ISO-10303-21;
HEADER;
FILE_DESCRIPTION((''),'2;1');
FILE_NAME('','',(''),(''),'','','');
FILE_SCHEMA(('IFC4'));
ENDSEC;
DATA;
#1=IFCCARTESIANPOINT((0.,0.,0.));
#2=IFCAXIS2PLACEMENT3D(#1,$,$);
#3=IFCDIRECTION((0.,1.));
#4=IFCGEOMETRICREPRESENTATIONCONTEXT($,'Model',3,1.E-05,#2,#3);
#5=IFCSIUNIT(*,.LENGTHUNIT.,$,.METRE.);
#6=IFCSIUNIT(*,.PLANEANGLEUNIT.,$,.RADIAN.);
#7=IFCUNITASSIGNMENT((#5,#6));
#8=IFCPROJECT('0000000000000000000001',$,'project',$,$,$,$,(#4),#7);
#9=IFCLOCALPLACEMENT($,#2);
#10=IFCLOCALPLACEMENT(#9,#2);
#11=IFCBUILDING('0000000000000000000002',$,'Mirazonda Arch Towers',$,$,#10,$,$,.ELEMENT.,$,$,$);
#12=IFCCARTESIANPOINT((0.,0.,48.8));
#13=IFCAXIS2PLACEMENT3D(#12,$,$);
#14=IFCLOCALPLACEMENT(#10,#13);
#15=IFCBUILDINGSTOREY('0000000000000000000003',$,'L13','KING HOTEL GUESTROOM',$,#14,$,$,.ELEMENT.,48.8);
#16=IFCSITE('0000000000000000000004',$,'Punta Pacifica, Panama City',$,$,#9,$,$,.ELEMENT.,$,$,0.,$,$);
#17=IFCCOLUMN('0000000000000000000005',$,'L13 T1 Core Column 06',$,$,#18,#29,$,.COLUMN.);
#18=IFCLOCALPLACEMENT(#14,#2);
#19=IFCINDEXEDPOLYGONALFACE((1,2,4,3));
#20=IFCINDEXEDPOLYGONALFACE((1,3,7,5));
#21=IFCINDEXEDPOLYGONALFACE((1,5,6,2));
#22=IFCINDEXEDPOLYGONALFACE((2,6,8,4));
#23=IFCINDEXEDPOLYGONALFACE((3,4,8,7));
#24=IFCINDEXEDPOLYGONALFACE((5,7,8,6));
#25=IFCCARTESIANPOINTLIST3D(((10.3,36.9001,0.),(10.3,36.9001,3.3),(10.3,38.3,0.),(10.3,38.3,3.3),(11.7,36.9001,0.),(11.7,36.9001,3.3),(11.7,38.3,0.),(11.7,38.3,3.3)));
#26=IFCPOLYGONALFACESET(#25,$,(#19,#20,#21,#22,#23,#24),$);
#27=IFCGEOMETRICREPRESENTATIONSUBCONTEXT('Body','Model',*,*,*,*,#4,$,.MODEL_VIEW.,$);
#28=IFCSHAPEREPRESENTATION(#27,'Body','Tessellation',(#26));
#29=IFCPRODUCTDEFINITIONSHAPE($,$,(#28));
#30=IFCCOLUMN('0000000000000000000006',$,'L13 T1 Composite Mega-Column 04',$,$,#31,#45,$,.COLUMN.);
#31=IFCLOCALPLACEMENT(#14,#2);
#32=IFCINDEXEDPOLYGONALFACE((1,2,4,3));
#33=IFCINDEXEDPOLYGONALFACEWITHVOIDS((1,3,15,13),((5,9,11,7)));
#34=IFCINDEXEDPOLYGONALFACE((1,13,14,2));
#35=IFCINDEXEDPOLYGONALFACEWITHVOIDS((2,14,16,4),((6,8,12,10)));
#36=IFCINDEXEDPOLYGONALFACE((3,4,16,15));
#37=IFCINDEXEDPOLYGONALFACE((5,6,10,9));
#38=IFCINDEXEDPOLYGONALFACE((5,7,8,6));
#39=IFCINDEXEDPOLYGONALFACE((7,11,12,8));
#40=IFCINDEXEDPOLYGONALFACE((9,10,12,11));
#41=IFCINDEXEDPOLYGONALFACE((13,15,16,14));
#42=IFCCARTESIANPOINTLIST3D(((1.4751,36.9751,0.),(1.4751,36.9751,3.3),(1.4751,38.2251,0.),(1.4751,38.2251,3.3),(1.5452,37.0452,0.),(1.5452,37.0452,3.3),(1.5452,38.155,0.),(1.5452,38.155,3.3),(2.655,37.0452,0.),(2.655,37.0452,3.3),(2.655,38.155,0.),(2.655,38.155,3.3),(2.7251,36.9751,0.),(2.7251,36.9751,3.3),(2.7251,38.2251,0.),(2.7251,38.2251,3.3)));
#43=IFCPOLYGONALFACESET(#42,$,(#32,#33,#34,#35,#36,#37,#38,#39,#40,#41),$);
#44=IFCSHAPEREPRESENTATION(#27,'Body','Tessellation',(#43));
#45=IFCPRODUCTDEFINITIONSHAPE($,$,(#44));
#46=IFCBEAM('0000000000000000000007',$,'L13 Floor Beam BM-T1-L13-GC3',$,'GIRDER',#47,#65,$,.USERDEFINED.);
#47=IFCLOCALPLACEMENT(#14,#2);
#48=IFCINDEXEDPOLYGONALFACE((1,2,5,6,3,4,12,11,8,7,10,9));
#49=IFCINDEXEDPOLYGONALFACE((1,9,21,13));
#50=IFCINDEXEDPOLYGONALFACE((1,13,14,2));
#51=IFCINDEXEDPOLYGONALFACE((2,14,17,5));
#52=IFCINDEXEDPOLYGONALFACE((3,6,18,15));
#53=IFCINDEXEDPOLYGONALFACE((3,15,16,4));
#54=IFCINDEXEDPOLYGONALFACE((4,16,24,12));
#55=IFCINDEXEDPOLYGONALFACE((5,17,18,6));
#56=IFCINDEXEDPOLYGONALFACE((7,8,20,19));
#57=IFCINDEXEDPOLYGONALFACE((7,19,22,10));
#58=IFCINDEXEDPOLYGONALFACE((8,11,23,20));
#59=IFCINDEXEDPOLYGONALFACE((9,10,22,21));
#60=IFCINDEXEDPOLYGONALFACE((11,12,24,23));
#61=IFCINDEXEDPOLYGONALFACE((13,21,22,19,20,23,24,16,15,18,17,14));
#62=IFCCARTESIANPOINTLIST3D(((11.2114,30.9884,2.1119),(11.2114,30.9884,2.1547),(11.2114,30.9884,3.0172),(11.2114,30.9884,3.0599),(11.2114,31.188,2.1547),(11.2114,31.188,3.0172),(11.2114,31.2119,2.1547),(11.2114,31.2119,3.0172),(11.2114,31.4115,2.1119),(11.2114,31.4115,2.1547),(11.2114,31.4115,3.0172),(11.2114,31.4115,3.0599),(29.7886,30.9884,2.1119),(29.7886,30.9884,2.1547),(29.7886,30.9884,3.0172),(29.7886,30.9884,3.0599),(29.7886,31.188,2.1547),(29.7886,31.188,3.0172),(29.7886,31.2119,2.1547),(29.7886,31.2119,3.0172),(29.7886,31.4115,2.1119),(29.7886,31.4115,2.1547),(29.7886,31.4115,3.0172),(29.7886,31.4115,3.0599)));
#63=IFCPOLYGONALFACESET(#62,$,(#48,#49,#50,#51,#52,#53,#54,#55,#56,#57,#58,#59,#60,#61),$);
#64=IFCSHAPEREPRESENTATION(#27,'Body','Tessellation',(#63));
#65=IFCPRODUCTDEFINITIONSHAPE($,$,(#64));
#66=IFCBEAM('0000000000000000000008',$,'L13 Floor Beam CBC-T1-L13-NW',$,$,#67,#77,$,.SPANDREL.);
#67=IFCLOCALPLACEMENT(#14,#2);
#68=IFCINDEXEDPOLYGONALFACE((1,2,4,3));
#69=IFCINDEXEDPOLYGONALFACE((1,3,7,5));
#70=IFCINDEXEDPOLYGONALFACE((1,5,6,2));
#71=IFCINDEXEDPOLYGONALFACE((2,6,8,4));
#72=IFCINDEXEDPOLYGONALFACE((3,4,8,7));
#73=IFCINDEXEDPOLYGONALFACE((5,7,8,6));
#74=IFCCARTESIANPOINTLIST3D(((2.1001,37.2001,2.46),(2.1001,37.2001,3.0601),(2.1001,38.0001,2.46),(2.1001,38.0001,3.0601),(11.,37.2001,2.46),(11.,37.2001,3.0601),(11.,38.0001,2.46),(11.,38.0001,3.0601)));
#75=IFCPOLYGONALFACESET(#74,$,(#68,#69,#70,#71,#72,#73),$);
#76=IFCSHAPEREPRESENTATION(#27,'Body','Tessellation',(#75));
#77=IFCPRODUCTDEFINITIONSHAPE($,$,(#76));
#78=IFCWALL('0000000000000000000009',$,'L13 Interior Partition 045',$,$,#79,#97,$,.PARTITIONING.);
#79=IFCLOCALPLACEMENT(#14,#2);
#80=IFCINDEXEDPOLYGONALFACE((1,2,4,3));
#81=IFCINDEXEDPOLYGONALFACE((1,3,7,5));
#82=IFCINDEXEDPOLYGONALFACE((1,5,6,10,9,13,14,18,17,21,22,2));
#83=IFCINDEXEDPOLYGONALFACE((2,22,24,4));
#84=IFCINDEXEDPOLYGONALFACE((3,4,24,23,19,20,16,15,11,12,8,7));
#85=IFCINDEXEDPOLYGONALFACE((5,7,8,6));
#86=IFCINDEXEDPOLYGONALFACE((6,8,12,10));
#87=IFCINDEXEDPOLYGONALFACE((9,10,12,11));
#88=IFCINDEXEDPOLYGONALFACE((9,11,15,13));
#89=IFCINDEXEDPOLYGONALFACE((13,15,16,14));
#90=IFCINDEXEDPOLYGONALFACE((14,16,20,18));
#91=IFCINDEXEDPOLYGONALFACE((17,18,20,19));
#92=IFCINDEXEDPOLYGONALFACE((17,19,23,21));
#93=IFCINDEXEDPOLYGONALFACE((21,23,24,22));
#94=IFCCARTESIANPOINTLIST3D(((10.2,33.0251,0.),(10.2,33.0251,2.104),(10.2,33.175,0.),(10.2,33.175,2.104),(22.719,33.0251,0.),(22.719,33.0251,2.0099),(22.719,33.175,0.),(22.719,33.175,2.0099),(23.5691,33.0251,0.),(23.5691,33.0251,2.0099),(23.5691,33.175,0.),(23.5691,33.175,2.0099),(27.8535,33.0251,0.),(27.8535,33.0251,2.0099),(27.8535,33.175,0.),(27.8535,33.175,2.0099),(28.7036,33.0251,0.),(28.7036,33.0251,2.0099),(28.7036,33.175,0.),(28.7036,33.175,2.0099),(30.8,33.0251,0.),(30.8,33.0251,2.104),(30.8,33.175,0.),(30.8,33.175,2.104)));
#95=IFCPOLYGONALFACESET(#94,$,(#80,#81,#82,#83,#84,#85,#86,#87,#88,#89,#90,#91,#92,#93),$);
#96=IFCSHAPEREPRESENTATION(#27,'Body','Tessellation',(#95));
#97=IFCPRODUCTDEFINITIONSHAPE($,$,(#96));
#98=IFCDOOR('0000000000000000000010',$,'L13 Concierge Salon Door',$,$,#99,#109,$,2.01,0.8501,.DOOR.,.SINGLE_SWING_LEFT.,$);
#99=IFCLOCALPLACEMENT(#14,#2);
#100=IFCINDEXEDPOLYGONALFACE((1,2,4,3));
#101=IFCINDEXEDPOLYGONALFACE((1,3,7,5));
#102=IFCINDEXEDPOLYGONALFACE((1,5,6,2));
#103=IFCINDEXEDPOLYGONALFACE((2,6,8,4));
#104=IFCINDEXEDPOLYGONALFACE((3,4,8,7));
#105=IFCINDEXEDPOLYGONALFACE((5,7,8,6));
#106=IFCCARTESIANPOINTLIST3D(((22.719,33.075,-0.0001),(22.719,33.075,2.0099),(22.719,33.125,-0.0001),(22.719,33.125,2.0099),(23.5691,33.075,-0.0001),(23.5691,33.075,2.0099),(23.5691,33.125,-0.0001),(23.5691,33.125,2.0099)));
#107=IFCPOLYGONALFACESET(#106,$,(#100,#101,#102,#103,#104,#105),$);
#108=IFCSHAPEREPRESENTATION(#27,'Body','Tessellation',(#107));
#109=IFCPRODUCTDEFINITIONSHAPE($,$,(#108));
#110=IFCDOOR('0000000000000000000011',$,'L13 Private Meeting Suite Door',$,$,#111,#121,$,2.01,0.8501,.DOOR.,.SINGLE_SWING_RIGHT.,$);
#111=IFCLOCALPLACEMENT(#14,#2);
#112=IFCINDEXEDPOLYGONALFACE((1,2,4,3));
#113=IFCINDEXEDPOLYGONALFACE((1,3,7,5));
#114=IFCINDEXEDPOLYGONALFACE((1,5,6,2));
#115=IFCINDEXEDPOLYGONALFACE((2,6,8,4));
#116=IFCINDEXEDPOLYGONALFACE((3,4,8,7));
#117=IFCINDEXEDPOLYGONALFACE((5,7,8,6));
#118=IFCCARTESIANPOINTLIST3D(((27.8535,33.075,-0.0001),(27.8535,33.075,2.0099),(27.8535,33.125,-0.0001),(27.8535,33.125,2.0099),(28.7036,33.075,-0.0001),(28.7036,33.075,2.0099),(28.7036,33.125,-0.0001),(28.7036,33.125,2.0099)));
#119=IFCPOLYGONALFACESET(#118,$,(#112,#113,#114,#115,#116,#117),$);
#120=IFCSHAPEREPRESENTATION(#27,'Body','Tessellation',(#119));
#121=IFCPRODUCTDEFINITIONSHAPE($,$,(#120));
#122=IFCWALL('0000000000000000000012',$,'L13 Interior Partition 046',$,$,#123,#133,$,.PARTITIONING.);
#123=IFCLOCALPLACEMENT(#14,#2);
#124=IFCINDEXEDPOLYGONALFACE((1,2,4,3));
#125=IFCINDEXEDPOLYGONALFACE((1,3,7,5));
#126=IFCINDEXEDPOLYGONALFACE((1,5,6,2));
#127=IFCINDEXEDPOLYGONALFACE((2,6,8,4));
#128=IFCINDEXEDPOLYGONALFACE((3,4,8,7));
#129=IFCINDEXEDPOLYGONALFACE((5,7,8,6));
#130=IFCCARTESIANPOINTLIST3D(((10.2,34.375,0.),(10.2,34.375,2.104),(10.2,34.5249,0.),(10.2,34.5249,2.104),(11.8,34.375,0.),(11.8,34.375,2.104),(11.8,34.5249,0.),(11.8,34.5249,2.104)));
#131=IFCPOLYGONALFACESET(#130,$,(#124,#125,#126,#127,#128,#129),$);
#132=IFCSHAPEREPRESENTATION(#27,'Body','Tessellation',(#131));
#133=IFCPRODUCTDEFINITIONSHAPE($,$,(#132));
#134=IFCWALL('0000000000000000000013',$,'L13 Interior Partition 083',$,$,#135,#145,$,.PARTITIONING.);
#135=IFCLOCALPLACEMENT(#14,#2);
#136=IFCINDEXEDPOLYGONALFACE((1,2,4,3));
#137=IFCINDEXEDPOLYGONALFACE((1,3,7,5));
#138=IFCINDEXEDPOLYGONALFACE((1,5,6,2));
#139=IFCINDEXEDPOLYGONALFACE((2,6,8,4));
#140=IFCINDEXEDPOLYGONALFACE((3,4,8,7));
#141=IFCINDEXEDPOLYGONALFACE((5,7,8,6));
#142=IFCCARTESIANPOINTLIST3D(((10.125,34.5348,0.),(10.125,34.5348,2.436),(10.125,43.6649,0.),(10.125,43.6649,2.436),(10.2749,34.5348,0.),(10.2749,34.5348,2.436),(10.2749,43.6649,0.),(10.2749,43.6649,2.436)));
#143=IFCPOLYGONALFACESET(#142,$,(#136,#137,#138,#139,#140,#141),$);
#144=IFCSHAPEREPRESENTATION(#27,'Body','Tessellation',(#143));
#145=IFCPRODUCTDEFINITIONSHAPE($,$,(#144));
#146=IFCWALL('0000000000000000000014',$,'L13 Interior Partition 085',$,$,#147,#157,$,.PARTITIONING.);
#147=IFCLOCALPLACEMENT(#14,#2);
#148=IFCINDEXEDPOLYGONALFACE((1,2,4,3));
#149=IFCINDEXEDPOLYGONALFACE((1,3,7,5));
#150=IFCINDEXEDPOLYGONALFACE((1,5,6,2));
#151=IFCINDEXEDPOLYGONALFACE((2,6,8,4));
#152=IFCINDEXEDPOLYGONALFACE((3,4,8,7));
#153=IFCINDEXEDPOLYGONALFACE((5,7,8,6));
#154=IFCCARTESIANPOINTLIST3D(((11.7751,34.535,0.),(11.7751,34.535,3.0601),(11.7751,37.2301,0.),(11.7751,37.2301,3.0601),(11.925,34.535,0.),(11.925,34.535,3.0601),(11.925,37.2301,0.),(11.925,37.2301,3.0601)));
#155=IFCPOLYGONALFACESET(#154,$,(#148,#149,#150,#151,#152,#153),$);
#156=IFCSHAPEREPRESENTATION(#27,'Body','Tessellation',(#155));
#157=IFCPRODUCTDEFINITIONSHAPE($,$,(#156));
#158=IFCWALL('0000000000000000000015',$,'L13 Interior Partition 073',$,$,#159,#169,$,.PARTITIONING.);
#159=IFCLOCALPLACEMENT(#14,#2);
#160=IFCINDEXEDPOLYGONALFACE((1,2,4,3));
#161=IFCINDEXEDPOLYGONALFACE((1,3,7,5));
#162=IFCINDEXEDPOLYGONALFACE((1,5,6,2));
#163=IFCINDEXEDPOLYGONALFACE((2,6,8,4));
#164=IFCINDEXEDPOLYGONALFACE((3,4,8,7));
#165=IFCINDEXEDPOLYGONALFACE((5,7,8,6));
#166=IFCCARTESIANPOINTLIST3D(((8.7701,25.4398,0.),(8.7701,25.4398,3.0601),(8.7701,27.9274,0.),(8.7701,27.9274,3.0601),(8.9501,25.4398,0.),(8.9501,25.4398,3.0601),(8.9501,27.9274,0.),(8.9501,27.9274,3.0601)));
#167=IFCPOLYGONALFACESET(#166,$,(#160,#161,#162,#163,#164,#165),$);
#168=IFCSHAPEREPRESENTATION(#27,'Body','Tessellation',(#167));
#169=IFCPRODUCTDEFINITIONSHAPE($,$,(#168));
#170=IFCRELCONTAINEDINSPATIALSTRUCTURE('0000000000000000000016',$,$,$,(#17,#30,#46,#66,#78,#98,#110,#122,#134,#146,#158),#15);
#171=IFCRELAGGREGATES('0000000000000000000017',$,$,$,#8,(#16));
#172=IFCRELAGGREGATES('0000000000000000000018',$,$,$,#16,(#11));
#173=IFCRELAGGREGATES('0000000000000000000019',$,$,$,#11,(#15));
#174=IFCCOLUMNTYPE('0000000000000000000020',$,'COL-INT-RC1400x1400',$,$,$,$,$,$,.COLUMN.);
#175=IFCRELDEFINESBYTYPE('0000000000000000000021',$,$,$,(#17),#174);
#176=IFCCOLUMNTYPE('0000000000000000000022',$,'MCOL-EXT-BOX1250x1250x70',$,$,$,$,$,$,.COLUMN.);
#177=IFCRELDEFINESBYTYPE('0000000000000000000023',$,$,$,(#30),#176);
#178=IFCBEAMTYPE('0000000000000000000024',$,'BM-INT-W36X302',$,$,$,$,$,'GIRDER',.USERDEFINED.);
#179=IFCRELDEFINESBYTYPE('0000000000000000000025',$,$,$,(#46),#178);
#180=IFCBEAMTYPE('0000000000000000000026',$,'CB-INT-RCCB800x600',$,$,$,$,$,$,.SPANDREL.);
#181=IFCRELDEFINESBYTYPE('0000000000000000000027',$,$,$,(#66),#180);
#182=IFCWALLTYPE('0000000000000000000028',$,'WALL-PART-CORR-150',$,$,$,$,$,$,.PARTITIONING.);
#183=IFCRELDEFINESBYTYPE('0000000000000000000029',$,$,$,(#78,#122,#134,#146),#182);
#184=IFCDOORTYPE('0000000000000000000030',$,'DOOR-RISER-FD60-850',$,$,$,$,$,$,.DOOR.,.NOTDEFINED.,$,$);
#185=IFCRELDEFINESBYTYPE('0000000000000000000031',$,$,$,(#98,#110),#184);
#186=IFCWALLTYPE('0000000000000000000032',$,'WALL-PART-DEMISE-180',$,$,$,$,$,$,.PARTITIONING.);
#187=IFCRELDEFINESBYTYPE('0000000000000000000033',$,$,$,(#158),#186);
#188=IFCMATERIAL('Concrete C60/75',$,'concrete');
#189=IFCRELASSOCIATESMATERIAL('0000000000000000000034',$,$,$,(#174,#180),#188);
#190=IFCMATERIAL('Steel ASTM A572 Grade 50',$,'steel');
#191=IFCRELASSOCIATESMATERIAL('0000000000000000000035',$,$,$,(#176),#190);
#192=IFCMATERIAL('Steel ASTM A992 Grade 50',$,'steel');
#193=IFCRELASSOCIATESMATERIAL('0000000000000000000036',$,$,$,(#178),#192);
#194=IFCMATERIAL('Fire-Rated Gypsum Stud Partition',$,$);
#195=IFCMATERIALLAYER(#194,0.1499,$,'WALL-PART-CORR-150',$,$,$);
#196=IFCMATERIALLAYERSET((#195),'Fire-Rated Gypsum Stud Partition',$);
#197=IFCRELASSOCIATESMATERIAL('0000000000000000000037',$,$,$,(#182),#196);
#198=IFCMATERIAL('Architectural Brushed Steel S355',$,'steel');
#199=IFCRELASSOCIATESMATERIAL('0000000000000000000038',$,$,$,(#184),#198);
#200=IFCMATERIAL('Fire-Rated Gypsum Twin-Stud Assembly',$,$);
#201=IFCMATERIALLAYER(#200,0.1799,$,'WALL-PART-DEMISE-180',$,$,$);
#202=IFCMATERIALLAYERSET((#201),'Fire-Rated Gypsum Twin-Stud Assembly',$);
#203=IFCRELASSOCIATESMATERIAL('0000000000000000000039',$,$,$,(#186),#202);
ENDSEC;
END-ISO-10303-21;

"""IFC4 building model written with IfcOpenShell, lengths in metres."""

from ifc_helpers import new_model, si_unit, direction, frame, frame_2d, origin, origin_2d, place, context, subcontext, project, spatial, rectangle, hollow_rectangle, i_section, extrude, material, layer, layer_set, material_profile, profile_set, type_object, element, fill, save


model = new_model("IFC4")

# Units and contexts
model_context = context("Model", 3, precision=1e-05, world=origin(), true_north=direction((0.0, 1.0)))
body_context = subcontext(model_context, "Body", "Model", "MODEL_VIEW")
ifc_project = project(units=[si_unit("LENGTHUNIT", "METRE"), si_unit("PLANEANGLEUNIT", "RADIAN")], contexts=[model_context])

# Site, building, storey
site_placement = place(None, origin())
site = spatial("IfcSite", under=ifc_project, at=site_placement, Name="Punta Pacifica, Panama City", CompositionType="ELEMENT", RefElevation=0.0)
building_placement = place(site_placement, origin())
building = spatial("IfcBuilding", under=site, at=building_placement, Name="Mirazonda Arch Towers", CompositionType="ELEMENT")
storey_placement = place(building_placement, frame((0.0, 0.0, 48.8)))
storey = spatial("IfcBuildingStorey", under=building, at=storey_placement, Name="L13", Description="KING HOTEL GUESTROOM", CompositionType="ELEMENT", Elevation=48.8)

# Columns
ifc_material_1 = material(Name="Concrete C60/75", Category="concrete")
ifc_material_profile_1 = material_profile(ifc_material_1, rectangle(XDim=1.3999, YDim=1.3999, at=origin_2d()), Name="RC1400x1400")
ifc_profile_set_1 = profile_set([ifc_material_profile_1], Name="Concrete C60/75")
column_type_1 = type_object("IfcColumnType", Name="COL-INT-RC1400x1400", PredefinedType="COLUMN", material=ifc_profile_set_1)
column_1_placement = place(storey_placement, frame((11.0, 37.6001, 0.0), z_axis=(0.0, 0.0, 1.0), x_axis=(1.0, 0.0, 0.0)))
element("IfcColumn", 1, at=column_1_placement, inside=storey, type_object=column_type_1, Name="L13 T1 Core Column 06", PredefinedType="COLUMN", context=body_context, shape_type="SweptSolid", body=[
    extrude(rectangle(XDim=1.3999, YDim=1.3999, at=origin_2d()), origin(), (0.0, 0.0, 1.0), 3.3),
])
ifc_material_2 = material(Name="Steel ASTM A572 Grade 50", Category="steel")
ifc_material_profile_2 = material_profile(ifc_material_2, hollow_rectangle(XDim=1.25, YDim=1.25, WallThickness=0.0701, at=origin_2d()), Name="BOX1250x1250x70")
ifc_profile_set_2 = profile_set([ifc_material_profile_2], Name="Steel ASTM A572 Grade 50")
column_type_2 = type_object("IfcColumnType", Name="MCOL-EXT-BOX1250x1250x70", PredefinedType="COLUMN", material=ifc_profile_set_2)
column_2_placement = place(storey_placement, frame((2.1001, 37.6001, 0.0), z_axis=(0.0, 0.0, 1.0), x_axis=(1.0, 0.0, 0.0)))
element("IfcColumn", 2, at=column_2_placement, inside=storey, type_object=column_type_2, Name="L13 T1 Composite Mega-Column 04", PredefinedType="COLUMN", context=body_context, shape_type="SweptSolid", body=[
    extrude(hollow_rectangle(XDim=1.25, YDim=1.25, WallThickness=0.0701, at=origin_2d()), origin(), (0.0, 0.0, 1.0), 3.3),
])

# Beams
ifc_material_3 = material(Name="Steel ASTM A992 Grade 50", Category="steel")
ifc_material_profile_3 = material_profile(ifc_material_3, i_section(OverallWidth=0.4231, OverallDepth=0.948, WebThickness=0.0239, FlangeThickness=0.0427, at=origin_2d()), Name="W36X302")
ifc_profile_set_3 = profile_set([ifc_material_profile_3], Name="Steel ASTM A992 Grade 50")
beam_type_1 = type_object("IfcBeamType", Name="BM-INT-W36X302", ElementType="GIRDER", PredefinedType="USERDEFINED", material=ifc_profile_set_3)
beam_1_placement = place(storey_placement, frame((11.2114, 31.2, 2.5859), z_axis=(1.0, 0.0, 0.0), x_axis=(0.0, 1.0, 0.0)))
element("IfcBeam", 3, at=beam_1_placement, inside=storey, type_object=beam_type_1, Name="L13 Floor Beam BM-T1-L13-GC3", ObjectType="GIRDER", PredefinedType="USERDEFINED", context=body_context, shape_type="SweptSolid", body=[
    extrude(i_section(OverallWidth=0.4231, OverallDepth=0.948, WebThickness=0.0239, FlangeThickness=0.0427, at=origin_2d()), origin(), (0.0, 0.0, 1.0), 18.5771),
])
ifc_material_profile_4 = material_profile(ifc_material_1, rectangle(XDim=0.8, YDim=0.6001, at=origin_2d()), Name="RCCB800x600")
ifc_profile_set_4 = profile_set([ifc_material_profile_4], Name="Concrete C60/75")
beam_type_2 = type_object("IfcBeamType", Name="CB-INT-RCCB800x600", PredefinedType="SPANDREL", material=ifc_profile_set_4)
beam_2_placement = place(storey_placement, frame((2.1001, 37.6001, 2.76), z_axis=(1.0, 0.0, 0.0), x_axis=(0.0, 1.0, 0.0)))
element("IfcBeam", 4, at=beam_2_placement, inside=storey, type_object=beam_type_2, Name="L13 Floor Beam CBC-T1-L13-NW", PredefinedType="SPANDREL", context=body_context, shape_type="SweptSolid", body=[
    extrude(rectangle(XDim=0.8, YDim=0.6001, at=origin_2d()), origin(), (0.0, 0.0, 1.0), 8.8999),
])

# Wall, openings, doors
ifc_material_4 = material(Name="Fire-Rated Gypsum Stud Partition")
ifc_layer_1 = layer(ifc_material_4, 0.1499, Name="WALL-PART-CORR-150")
ifc_layer_set_1 = layer_set([ifc_layer_1], Name="Fire-Rated Gypsum Stud Partition")
wall_type_1 = type_object("IfcWallType", Name="WALL-PART-CORR-150", PredefinedType="PARTITIONING", material=ifc_layer_set_1)
wall_1_placement = place(storey_placement, frame((10.2, 33.1001, 0.0), z_axis=(0.0, 0.0, 1.0), x_axis=(1.0, 0.0, 0.0)))
wall_1 = element("IfcWall", 5, at=wall_1_placement, inside=storey, type_object=wall_type_1, Name="L13 Interior Partition 045", PredefinedType="PARTITIONING", context=body_context, shape_type="SweptSolid", body=[
    extrude(rectangle(XDim=20.6001, YDim=0.1499, at=frame_2d((10.3, 0.0))), origin(), (0.0, 0.0, 1.0), 2.104),
])
opening_1_placement = place(wall_1_placement, frame((12.519, 0.0, 0.0)))
opening_1 = element("IfcOpeningElement", 6, at=opening_1_placement, cuts=wall_1, PredefinedType="OPENING", context=body_context, shape_type="SweptSolid", body=[
    extrude(rectangle(XDim=0.8501, YDim=2.01, at=frame_2d((0.425, 1.0049))), frame((0.0, 0.085, 0.0), z_axis=(0.0, -1.0, 0.0), x_axis=(1.0, 0.0, 0.0)), (0.0, 0.0, 1.0), 0.1699),
])
opening_2_placement = place(wall_1_placement, frame((17.6536, 0.0, 0.0)))
opening_2 = element("IfcOpeningElement", 7, at=opening_2_placement, cuts=wall_1, PredefinedType="OPENING", context=body_context, shape_type="SweptSolid", body=[
    extrude(rectangle(XDim=0.8501, YDim=2.01, at=frame_2d((0.425, 1.0049))), frame((0.0, 0.085, 0.0), z_axis=(0.0, -1.0, 0.0), x_axis=(1.0, 0.0, 0.0)), (0.0, 0.0, 1.0), 0.1699),
])
ifc_material_5 = material(Name="Architectural Brushed Steel S355", Category="steel")
door_type_1 = type_object("IfcDoorType", Name="DOOR-RISER-FD60-850", OperationType="NOTDEFINED", PredefinedType="DOOR", material=ifc_material_5)
door_1_placement = place(opening_1_placement, origin())
door_1 = element("IfcDoor", 8, at=door_1_placement, inside=storey, type_object=door_type_1, Name="L13 Concierge Salon Door", OperationType="SINGLE_SWING_LEFT", OverallHeight=2.01, OverallWidth=0.8501, PredefinedType="DOOR", context=body_context, shape_type="SweptSolid", body=[
    extrude(rectangle(XDim=0.8501, YDim=2.01, at=frame_2d((0.425, 1.0049))), frame((0.0, 0.0249, 0.0), z_axis=(0.0, -1.0, 0.0), x_axis=(1.0, 0.0, 0.0)), (0.0, 0.0, 1.0), 0.05),
])
fill(opening_1, door_1)
door_2_placement = place(opening_2_placement, origin())
door_2 = element("IfcDoor", 9, at=door_2_placement, inside=storey, type_object=door_type_1, Name="L13 Private Meeting Suite Door", OperationType="SINGLE_SWING_RIGHT", OverallHeight=2.01, OverallWidth=0.8501, PredefinedType="DOOR", context=body_context, shape_type="SweptSolid", body=[
    extrude(rectangle(XDim=0.8501, YDim=2.01, at=frame_2d((0.425, 1.0049))), frame((0.0, 0.0249, 0.0), z_axis=(0.0, -1.0, 0.0), x_axis=(1.0, 0.0, 0.0)), (0.0, 0.0, 1.0), 0.05),
])
fill(opening_2, door_2)

# Walls
wall_2_placement = place(storey_placement, frame((10.2, 34.45, 0.0), z_axis=(0.0, 0.0, 1.0), x_axis=(1.0, 0.0, 0.0)))
element("IfcWall", 10, at=wall_2_placement, inside=storey, type_object=wall_type_1, Name="L13 Interior Partition 046", PredefinedType="PARTITIONING", context=body_context, shape_type="SweptSolid", body=[
    extrude(rectangle(XDim=1.6001, YDim=0.1499, at=frame_2d((0.8, 0.0))), origin(), (0.0, 0.0, 1.0), 2.104),
])
wall_3_placement = place(storey_placement, frame((10.2, 34.5349, 0.0), z_axis=(0.0, 0.0, 1.0), x_axis=(0.0, 1.0, 0.0)))
element("IfcWall", 11, at=wall_3_placement, inside=storey, type_object=wall_type_1, Name="L13 Interior Partition 083", PredefinedType="PARTITIONING", context=body_context, shape_type="SweptSolid", body=[
    extrude(rectangle(XDim=9.1301, YDim=0.1499, at=frame_2d((4.5649, 0.0))), origin(), (0.0, 0.0, 1.0), 2.436),
])
wall_4_placement = place(storey_placement, frame((11.8501, 34.5349, 0.0), z_axis=(0.0, 0.0, 1.0), x_axis=(0.0, 1.0, 0.0)))
element("IfcWall", 12, at=wall_4_placement, inside=storey, type_object=wall_type_1, Name="L13 Interior Partition 085", PredefinedType="PARTITIONING", context=body_context, shape_type="SweptSolid", body=[
    extrude(rectangle(XDim=2.6951, YDim=0.1499, at=frame_2d((1.3477, 0.0))), origin(), (0.0, 0.0, 1.0), 3.0601),
])
ifc_material_6 = material(Name="Fire-Rated Gypsum Twin-Stud Assembly")
ifc_layer_2 = layer(ifc_material_6, 0.1799, Name="WALL-PART-DEMISE-180")
ifc_layer_set_2 = layer_set([ifc_layer_2], Name="Fire-Rated Gypsum Twin-Stud Assembly")
wall_type_2 = type_object("IfcWallType", Name="WALL-PART-DEMISE-180", PredefinedType="PARTITIONING", material=ifc_layer_set_2)
wall_5_placement = place(storey_placement, frame((8.8601, 25.4399, 0.0), z_axis=(0.0, 0.0, 1.0), x_axis=(0.0, 1.0, 0.0)))
element("IfcWall", 13, at=wall_5_placement, inside=storey, type_object=wall_type_2, Name="L13 Interior Partition 073", PredefinedType="PARTITIONING", context=body_context, shape_type="SweptSolid", body=[
    extrude(rectangle(XDim=2.4875, YDim=0.1799, at=frame_2d((1.2437, 0.0))), origin(), (0.0, 0.0, 1.0), 3.0601),
])

save(model, "model.ifc")
